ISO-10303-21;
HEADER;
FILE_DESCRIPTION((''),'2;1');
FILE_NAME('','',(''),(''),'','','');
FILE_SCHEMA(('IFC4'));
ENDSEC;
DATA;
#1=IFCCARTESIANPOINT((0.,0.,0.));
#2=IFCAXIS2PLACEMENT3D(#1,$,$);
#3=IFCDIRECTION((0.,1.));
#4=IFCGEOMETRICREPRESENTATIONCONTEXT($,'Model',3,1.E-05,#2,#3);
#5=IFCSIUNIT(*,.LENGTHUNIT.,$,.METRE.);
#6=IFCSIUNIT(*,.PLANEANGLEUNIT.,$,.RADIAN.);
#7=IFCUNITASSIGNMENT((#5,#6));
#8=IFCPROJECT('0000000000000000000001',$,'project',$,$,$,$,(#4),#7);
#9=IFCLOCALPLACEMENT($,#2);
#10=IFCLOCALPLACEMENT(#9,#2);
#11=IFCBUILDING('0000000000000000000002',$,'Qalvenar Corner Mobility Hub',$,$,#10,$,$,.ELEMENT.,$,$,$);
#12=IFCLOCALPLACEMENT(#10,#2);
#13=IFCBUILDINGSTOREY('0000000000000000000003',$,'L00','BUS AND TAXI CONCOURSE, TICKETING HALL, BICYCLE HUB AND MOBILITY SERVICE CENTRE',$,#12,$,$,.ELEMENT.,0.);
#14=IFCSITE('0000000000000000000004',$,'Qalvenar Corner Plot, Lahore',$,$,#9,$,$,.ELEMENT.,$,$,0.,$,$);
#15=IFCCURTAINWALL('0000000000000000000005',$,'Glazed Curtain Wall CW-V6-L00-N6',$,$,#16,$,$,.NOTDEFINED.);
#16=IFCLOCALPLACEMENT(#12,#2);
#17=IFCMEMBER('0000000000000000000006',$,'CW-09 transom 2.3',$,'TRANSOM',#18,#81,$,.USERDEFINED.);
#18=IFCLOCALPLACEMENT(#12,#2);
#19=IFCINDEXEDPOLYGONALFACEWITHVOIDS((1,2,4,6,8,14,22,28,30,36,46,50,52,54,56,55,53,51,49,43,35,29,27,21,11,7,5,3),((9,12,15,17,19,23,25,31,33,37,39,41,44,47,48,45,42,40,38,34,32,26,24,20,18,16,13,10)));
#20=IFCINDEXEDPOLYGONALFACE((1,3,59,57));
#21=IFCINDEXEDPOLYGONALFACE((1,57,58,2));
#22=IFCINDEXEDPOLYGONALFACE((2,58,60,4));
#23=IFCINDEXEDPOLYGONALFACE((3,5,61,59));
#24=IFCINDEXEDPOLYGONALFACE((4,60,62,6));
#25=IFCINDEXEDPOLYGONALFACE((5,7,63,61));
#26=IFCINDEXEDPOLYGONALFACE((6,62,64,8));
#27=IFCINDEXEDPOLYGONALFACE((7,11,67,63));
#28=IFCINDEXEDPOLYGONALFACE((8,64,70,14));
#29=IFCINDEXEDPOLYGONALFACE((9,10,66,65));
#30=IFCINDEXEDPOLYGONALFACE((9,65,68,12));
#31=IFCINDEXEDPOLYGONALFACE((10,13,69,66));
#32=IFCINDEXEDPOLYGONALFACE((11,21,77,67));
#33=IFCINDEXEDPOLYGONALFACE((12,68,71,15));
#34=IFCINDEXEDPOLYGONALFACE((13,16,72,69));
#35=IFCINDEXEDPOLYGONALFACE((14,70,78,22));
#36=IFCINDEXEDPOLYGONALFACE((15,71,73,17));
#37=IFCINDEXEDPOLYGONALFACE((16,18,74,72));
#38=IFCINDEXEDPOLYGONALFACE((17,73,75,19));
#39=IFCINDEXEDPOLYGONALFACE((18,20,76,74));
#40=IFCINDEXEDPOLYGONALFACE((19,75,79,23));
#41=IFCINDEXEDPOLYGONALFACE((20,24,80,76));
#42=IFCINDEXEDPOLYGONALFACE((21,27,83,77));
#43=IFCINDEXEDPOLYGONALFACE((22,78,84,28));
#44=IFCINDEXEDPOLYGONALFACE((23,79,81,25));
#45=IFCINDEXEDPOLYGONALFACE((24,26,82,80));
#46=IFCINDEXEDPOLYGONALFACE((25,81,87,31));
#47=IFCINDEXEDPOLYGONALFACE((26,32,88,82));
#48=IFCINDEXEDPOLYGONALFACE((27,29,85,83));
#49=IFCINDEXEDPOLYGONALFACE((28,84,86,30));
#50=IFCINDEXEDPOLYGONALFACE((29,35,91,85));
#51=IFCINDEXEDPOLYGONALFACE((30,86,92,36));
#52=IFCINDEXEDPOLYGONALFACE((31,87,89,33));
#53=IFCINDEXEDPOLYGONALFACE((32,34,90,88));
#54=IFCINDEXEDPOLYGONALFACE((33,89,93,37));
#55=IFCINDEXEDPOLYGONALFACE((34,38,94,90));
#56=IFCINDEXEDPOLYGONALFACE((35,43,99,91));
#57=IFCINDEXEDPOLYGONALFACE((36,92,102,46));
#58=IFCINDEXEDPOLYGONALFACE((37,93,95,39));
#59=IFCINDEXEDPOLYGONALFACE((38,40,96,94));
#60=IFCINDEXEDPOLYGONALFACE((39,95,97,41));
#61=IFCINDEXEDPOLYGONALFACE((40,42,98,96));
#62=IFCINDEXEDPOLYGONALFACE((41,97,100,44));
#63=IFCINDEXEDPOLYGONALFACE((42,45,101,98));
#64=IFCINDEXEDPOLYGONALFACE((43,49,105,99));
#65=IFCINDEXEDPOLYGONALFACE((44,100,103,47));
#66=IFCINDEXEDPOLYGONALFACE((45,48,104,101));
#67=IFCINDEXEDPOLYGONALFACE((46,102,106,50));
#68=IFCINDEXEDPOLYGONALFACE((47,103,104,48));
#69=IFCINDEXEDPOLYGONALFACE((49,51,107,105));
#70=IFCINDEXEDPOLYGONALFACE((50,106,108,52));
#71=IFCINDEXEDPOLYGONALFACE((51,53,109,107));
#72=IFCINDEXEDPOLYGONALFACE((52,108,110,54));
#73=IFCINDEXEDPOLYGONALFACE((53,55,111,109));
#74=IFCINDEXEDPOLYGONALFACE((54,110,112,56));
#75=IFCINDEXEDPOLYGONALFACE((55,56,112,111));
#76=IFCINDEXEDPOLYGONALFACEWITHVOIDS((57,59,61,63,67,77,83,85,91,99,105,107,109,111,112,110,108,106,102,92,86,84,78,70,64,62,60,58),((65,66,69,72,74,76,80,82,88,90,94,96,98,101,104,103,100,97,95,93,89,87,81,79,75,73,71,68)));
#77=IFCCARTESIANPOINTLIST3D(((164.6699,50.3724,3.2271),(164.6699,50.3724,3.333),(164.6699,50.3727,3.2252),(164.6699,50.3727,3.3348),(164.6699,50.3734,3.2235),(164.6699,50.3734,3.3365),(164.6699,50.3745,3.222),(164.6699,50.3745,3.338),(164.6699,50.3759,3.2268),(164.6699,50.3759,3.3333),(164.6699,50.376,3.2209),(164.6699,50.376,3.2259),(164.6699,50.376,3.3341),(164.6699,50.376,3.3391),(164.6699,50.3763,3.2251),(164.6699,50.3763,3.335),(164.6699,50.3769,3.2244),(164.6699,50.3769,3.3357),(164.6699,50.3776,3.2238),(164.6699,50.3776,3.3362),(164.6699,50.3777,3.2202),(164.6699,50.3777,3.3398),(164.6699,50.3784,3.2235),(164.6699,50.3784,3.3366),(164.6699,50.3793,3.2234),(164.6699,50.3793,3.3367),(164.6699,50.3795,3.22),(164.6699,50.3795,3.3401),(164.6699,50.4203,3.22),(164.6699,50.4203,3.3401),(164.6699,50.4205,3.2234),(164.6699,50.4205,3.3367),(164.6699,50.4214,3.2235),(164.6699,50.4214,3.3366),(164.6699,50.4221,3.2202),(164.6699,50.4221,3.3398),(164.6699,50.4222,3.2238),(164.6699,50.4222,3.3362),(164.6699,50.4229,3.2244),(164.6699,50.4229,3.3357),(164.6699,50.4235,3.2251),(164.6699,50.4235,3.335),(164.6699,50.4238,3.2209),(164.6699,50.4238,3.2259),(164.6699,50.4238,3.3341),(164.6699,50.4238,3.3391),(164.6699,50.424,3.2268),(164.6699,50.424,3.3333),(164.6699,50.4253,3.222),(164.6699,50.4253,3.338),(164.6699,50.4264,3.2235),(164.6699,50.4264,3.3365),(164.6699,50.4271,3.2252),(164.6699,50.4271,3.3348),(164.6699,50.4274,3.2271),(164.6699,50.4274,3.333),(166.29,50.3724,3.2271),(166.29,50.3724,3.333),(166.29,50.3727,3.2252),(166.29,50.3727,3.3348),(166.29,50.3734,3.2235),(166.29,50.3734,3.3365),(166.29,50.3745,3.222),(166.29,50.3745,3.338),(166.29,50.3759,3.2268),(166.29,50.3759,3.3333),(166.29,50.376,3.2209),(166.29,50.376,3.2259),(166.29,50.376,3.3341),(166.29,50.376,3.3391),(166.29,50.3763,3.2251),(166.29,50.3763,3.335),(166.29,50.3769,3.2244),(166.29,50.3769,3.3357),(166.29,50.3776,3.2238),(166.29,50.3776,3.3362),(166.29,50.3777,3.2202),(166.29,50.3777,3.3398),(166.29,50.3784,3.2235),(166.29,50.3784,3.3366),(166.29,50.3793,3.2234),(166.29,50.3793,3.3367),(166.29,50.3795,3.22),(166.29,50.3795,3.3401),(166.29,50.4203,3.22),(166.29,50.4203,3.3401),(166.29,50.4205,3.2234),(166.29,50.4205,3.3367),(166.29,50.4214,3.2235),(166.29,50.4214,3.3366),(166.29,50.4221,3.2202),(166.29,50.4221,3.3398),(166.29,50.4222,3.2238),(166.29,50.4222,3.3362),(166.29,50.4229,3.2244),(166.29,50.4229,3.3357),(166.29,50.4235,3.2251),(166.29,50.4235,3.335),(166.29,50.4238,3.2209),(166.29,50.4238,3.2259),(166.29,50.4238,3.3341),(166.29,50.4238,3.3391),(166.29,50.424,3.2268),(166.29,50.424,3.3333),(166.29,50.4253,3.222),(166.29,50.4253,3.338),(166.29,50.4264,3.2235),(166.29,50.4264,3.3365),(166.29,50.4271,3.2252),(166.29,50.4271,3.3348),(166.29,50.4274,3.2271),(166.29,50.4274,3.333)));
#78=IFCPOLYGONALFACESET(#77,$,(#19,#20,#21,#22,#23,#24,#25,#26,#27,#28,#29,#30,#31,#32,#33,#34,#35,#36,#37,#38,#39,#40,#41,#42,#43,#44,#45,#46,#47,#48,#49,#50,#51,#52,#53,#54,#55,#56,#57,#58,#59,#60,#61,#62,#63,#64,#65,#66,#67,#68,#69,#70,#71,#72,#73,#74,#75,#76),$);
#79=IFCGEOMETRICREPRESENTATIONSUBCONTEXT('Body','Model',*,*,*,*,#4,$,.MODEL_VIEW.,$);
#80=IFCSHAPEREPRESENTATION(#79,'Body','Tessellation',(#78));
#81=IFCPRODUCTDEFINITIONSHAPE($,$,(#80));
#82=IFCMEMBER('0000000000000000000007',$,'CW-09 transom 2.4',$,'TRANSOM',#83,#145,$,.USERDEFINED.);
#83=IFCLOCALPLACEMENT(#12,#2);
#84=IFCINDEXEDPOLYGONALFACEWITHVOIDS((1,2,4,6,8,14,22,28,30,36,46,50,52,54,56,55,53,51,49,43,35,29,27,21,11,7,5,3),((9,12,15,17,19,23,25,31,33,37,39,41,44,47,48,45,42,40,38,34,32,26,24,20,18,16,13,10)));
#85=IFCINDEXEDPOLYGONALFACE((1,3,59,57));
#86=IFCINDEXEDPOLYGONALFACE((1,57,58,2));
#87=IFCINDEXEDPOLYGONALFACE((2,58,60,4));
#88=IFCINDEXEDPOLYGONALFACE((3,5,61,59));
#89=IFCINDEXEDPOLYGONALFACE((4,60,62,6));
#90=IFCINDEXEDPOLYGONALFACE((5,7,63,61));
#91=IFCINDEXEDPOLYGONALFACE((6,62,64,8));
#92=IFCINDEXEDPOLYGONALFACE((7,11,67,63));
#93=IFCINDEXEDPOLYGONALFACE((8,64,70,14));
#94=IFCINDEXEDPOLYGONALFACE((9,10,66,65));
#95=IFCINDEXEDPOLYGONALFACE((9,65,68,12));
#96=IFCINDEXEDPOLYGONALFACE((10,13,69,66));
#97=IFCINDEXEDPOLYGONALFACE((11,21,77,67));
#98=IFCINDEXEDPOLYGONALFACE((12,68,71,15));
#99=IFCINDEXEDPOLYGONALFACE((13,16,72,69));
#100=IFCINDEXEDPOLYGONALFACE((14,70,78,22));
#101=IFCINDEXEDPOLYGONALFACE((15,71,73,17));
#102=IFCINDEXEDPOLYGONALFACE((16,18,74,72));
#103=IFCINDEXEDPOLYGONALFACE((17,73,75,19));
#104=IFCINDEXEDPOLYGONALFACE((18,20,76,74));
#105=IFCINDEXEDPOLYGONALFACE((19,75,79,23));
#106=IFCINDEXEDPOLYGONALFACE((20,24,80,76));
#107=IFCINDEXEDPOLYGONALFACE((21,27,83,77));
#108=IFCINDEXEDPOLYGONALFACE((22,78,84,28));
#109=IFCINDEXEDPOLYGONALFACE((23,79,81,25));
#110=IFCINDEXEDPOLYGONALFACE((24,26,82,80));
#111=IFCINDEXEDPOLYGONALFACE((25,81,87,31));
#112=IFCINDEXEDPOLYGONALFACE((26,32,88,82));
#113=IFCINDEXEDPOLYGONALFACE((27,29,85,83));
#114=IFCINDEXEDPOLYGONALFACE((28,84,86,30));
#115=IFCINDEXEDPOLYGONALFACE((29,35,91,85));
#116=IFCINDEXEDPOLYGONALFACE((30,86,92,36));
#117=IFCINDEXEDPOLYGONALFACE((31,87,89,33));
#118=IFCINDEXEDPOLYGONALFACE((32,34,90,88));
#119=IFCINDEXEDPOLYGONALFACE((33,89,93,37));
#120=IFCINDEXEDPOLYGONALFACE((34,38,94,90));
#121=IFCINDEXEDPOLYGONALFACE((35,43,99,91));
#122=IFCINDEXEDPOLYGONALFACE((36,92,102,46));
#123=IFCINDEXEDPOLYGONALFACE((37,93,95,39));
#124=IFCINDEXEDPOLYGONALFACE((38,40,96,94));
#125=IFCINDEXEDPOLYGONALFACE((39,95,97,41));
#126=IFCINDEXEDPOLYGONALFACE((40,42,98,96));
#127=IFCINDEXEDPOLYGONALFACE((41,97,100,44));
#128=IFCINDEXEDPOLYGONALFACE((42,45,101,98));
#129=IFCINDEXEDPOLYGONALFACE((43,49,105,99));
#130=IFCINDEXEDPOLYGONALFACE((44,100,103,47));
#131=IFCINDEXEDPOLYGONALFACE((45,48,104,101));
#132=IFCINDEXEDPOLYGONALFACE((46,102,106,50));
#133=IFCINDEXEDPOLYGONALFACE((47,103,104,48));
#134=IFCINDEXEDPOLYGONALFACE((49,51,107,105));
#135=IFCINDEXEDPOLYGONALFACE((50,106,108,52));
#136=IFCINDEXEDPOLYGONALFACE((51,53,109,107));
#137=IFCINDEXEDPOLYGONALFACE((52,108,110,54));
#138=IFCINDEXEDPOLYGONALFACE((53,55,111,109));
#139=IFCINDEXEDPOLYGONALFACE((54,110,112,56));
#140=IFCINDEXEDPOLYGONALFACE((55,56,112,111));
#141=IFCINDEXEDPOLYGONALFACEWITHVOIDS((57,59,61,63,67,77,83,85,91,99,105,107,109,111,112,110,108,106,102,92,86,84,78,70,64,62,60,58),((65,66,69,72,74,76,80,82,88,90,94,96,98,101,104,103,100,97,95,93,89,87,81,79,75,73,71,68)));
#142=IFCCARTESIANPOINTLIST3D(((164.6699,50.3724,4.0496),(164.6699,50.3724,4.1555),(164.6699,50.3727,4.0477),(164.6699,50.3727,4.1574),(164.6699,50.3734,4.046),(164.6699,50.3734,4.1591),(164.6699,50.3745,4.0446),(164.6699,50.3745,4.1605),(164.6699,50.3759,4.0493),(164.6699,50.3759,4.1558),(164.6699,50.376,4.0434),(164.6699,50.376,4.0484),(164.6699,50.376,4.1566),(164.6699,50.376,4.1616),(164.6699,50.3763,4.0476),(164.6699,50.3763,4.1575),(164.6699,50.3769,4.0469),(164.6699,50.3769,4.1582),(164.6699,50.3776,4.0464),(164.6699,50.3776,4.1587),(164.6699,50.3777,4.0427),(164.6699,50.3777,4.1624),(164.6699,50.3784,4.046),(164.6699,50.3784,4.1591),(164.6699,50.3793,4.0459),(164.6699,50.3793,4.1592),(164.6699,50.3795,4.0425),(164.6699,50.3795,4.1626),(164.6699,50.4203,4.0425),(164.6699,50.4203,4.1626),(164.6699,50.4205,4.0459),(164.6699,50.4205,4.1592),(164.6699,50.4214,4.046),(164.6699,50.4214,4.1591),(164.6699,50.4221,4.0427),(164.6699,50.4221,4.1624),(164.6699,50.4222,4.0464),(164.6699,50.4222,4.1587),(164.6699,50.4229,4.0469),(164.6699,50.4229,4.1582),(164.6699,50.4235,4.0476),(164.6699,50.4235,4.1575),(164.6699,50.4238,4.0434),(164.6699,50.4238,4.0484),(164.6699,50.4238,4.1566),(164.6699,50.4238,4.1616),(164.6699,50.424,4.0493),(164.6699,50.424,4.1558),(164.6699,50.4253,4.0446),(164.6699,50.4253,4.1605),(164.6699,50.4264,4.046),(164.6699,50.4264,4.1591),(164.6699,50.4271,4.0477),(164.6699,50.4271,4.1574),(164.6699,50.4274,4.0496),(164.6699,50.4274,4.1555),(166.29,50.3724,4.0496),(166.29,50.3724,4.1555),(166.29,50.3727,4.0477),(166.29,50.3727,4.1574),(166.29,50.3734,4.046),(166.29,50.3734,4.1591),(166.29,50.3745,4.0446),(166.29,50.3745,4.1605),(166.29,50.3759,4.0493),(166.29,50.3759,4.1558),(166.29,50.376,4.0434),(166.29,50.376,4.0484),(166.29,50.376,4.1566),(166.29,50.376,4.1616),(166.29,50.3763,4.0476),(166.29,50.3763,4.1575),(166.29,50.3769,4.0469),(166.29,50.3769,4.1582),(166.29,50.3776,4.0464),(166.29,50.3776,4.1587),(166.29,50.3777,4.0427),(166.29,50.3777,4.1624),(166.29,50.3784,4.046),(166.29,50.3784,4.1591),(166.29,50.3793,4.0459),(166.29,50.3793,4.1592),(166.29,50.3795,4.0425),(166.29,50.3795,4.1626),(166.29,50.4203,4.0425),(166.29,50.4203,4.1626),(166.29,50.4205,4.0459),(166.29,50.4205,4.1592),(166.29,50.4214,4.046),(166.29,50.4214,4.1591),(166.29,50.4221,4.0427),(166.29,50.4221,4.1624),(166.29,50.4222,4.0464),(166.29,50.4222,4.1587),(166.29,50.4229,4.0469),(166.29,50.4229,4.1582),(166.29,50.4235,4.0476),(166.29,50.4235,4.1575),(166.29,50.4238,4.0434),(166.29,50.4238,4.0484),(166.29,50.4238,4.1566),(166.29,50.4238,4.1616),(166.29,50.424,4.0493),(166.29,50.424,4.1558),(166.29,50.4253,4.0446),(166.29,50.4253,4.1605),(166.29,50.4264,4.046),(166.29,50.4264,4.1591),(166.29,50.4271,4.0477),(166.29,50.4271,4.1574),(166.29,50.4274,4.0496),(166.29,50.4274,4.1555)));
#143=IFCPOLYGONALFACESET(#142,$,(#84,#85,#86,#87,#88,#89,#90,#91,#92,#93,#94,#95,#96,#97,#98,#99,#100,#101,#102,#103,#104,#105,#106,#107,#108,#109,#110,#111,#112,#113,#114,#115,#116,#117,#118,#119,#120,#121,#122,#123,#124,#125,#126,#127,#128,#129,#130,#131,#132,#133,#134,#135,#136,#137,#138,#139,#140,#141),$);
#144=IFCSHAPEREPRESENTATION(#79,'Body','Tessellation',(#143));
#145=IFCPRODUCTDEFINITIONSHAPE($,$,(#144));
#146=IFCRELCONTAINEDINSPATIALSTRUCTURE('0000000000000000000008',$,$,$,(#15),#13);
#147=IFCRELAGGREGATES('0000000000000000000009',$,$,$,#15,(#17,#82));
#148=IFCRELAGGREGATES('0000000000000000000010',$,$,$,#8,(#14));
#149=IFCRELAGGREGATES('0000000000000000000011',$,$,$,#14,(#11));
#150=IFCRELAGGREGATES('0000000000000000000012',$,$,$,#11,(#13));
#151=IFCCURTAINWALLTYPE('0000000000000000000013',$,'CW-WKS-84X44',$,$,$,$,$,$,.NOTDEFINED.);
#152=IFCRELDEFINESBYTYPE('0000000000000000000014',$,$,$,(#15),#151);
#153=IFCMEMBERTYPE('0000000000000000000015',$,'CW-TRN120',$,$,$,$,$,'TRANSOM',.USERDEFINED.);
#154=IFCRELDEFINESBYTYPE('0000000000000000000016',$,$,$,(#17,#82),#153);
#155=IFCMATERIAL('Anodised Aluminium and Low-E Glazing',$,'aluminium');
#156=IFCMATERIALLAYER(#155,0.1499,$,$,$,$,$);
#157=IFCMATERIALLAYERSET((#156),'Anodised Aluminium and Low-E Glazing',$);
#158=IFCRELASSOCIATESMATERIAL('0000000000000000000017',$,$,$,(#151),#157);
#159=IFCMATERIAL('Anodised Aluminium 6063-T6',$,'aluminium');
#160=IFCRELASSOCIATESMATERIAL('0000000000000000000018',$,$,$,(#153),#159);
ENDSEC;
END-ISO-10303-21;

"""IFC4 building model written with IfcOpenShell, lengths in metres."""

from ifc_helpers import new_model, si_unit, direction, frame, origin, origin_2d, place, context, subcontext, project, spatial, hollow_rectangle, extrude, material, layer, layer_set, material_profile, profile_set, type_object, element, aggregate, save


model = new_model("IFC4")

# Units and contexts
model_context = context("Model", 3, precision=1e-05, world=origin(), true_north=direction((0.0, 1.0)))
body_context = subcontext(model_context, "Body", "Model", "MODEL_VIEW")
ifc_project = project(units=[si_unit("LENGTHUNIT", "METRE"), si_unit("PLANEANGLEUNIT", "RADIAN")], contexts=[model_context])

# Site, building, storey
site_placement = place(None, origin())
site = spatial("IfcSite", under=ifc_project, at=site_placement, Name="Qalvenar Corner Plot, Lahore", CompositionType="ELEMENT", RefElevation=0.0)
building_placement = place(site_placement, origin())
building = spatial("IfcBuilding", under=site, at=building_placement, Name="Qalvenar Corner Mobility Hub", CompositionType="ELEMENT")
storey_placement = place(building_placement, origin())
storey = spatial("IfcBuildingStorey", under=building, at=storey_placement, Name="L00", Description="BUS AND TAXI CONCOURSE, TICKETING HALL, BICYCLE HUB AND MOBILITY SERVICE CENTRE", CompositionType="ELEMENT", Elevation=0.0)

# Curtain wall, members
ifc_material_1 = material(Name="Anodised Aluminium and Low-E Glazing", Category="aluminium")
ifc_layer_1 = layer(ifc_material_1, 0.1499)
ifc_layer_set_1 = layer_set([ifc_layer_1], Name="Anodised Aluminium and Low-E Glazing")
curtain_wall_type = type_object("IfcCurtainWallType", Name="CW-WKS-84X44", PredefinedType="NOTDEFINED", material=ifc_layer_set_1)
curtain_wall_placement = place(storey_placement, origin())
curtain_wall = element("IfcCurtainWall", 1, at=curtain_wall_placement, inside=storey, type_object=curtain_wall_type, Name="Glazed Curtain Wall CW-V6-L00-N6", PredefinedType="NOTDEFINED")
ifc_material_2 = material(Name="Anodised Aluminium 6063-T6", Category="aluminium")
ifc_material_profile_1 = material_profile(ifc_material_2, hollow_rectangle(XDim=0.0549, YDim=0.1201, WallThickness=0.0034, InnerFilletRadius=0.0034, OuterFilletRadius=0.0071, at=origin_2d()), Name="RHS120x55x3.5")
ifc_profile_set_1 = profile_set([ifc_material_profile_1], Name="Anodised Aluminium 6063-T6")
member_type_1 = type_object("IfcMemberType", Name="CW-TRN120", ElementType="TRANSOM", PredefinedType="USERDEFINED", material=ifc_profile_set_1)
member_1_placement = place(storey_placement, frame((166.29, 50.3999, 3.28), z_axis=(-1.0, 0.0, 0.0), x_axis=(0.0, -1.0, 0.0)))
member_1 = element("IfcMember", 2, at=member_1_placement, type_object=member_type_1, Name="CW-09 transom 2.3", ObjectType="TRANSOM", PredefinedType="USERDEFINED", context=body_context, shape_type="SweptSolid", body=[
    extrude(hollow_rectangle(XDim=0.0549, YDim=0.1201, WallThickness=0.0034, InnerFilletRadius=0.0034, OuterFilletRadius=0.0071, at=origin_2d()), origin(), (0.0, 0.0, 1.0), 1.6201),
])
member_2_placement = place(storey_placement, frame((166.29, 50.3999, 4.1025), z_axis=(-1.0, 0.0, 0.0), x_axis=(0.0, -1.0, 0.0)))
member_2 = element("IfcMember", 3, at=member_2_placement, type_object=member_type_1, Name="CW-09 transom 2.4", ObjectType="TRANSOM", PredefinedType="USERDEFINED", context=body_context, shape_type="SweptSolid", body=[
    extrude(hollow_rectangle(XDim=0.0549, YDim=0.1201, WallThickness=0.0034, InnerFilletRadius=0.0034, OuterFilletRadius=0.0071, at=origin_2d()), origin(), (0.0, 0.0, 1.0), 1.6201),
])
aggregate(curtain_wall, [member_1, member_2])

save(model, "model.ifc")
